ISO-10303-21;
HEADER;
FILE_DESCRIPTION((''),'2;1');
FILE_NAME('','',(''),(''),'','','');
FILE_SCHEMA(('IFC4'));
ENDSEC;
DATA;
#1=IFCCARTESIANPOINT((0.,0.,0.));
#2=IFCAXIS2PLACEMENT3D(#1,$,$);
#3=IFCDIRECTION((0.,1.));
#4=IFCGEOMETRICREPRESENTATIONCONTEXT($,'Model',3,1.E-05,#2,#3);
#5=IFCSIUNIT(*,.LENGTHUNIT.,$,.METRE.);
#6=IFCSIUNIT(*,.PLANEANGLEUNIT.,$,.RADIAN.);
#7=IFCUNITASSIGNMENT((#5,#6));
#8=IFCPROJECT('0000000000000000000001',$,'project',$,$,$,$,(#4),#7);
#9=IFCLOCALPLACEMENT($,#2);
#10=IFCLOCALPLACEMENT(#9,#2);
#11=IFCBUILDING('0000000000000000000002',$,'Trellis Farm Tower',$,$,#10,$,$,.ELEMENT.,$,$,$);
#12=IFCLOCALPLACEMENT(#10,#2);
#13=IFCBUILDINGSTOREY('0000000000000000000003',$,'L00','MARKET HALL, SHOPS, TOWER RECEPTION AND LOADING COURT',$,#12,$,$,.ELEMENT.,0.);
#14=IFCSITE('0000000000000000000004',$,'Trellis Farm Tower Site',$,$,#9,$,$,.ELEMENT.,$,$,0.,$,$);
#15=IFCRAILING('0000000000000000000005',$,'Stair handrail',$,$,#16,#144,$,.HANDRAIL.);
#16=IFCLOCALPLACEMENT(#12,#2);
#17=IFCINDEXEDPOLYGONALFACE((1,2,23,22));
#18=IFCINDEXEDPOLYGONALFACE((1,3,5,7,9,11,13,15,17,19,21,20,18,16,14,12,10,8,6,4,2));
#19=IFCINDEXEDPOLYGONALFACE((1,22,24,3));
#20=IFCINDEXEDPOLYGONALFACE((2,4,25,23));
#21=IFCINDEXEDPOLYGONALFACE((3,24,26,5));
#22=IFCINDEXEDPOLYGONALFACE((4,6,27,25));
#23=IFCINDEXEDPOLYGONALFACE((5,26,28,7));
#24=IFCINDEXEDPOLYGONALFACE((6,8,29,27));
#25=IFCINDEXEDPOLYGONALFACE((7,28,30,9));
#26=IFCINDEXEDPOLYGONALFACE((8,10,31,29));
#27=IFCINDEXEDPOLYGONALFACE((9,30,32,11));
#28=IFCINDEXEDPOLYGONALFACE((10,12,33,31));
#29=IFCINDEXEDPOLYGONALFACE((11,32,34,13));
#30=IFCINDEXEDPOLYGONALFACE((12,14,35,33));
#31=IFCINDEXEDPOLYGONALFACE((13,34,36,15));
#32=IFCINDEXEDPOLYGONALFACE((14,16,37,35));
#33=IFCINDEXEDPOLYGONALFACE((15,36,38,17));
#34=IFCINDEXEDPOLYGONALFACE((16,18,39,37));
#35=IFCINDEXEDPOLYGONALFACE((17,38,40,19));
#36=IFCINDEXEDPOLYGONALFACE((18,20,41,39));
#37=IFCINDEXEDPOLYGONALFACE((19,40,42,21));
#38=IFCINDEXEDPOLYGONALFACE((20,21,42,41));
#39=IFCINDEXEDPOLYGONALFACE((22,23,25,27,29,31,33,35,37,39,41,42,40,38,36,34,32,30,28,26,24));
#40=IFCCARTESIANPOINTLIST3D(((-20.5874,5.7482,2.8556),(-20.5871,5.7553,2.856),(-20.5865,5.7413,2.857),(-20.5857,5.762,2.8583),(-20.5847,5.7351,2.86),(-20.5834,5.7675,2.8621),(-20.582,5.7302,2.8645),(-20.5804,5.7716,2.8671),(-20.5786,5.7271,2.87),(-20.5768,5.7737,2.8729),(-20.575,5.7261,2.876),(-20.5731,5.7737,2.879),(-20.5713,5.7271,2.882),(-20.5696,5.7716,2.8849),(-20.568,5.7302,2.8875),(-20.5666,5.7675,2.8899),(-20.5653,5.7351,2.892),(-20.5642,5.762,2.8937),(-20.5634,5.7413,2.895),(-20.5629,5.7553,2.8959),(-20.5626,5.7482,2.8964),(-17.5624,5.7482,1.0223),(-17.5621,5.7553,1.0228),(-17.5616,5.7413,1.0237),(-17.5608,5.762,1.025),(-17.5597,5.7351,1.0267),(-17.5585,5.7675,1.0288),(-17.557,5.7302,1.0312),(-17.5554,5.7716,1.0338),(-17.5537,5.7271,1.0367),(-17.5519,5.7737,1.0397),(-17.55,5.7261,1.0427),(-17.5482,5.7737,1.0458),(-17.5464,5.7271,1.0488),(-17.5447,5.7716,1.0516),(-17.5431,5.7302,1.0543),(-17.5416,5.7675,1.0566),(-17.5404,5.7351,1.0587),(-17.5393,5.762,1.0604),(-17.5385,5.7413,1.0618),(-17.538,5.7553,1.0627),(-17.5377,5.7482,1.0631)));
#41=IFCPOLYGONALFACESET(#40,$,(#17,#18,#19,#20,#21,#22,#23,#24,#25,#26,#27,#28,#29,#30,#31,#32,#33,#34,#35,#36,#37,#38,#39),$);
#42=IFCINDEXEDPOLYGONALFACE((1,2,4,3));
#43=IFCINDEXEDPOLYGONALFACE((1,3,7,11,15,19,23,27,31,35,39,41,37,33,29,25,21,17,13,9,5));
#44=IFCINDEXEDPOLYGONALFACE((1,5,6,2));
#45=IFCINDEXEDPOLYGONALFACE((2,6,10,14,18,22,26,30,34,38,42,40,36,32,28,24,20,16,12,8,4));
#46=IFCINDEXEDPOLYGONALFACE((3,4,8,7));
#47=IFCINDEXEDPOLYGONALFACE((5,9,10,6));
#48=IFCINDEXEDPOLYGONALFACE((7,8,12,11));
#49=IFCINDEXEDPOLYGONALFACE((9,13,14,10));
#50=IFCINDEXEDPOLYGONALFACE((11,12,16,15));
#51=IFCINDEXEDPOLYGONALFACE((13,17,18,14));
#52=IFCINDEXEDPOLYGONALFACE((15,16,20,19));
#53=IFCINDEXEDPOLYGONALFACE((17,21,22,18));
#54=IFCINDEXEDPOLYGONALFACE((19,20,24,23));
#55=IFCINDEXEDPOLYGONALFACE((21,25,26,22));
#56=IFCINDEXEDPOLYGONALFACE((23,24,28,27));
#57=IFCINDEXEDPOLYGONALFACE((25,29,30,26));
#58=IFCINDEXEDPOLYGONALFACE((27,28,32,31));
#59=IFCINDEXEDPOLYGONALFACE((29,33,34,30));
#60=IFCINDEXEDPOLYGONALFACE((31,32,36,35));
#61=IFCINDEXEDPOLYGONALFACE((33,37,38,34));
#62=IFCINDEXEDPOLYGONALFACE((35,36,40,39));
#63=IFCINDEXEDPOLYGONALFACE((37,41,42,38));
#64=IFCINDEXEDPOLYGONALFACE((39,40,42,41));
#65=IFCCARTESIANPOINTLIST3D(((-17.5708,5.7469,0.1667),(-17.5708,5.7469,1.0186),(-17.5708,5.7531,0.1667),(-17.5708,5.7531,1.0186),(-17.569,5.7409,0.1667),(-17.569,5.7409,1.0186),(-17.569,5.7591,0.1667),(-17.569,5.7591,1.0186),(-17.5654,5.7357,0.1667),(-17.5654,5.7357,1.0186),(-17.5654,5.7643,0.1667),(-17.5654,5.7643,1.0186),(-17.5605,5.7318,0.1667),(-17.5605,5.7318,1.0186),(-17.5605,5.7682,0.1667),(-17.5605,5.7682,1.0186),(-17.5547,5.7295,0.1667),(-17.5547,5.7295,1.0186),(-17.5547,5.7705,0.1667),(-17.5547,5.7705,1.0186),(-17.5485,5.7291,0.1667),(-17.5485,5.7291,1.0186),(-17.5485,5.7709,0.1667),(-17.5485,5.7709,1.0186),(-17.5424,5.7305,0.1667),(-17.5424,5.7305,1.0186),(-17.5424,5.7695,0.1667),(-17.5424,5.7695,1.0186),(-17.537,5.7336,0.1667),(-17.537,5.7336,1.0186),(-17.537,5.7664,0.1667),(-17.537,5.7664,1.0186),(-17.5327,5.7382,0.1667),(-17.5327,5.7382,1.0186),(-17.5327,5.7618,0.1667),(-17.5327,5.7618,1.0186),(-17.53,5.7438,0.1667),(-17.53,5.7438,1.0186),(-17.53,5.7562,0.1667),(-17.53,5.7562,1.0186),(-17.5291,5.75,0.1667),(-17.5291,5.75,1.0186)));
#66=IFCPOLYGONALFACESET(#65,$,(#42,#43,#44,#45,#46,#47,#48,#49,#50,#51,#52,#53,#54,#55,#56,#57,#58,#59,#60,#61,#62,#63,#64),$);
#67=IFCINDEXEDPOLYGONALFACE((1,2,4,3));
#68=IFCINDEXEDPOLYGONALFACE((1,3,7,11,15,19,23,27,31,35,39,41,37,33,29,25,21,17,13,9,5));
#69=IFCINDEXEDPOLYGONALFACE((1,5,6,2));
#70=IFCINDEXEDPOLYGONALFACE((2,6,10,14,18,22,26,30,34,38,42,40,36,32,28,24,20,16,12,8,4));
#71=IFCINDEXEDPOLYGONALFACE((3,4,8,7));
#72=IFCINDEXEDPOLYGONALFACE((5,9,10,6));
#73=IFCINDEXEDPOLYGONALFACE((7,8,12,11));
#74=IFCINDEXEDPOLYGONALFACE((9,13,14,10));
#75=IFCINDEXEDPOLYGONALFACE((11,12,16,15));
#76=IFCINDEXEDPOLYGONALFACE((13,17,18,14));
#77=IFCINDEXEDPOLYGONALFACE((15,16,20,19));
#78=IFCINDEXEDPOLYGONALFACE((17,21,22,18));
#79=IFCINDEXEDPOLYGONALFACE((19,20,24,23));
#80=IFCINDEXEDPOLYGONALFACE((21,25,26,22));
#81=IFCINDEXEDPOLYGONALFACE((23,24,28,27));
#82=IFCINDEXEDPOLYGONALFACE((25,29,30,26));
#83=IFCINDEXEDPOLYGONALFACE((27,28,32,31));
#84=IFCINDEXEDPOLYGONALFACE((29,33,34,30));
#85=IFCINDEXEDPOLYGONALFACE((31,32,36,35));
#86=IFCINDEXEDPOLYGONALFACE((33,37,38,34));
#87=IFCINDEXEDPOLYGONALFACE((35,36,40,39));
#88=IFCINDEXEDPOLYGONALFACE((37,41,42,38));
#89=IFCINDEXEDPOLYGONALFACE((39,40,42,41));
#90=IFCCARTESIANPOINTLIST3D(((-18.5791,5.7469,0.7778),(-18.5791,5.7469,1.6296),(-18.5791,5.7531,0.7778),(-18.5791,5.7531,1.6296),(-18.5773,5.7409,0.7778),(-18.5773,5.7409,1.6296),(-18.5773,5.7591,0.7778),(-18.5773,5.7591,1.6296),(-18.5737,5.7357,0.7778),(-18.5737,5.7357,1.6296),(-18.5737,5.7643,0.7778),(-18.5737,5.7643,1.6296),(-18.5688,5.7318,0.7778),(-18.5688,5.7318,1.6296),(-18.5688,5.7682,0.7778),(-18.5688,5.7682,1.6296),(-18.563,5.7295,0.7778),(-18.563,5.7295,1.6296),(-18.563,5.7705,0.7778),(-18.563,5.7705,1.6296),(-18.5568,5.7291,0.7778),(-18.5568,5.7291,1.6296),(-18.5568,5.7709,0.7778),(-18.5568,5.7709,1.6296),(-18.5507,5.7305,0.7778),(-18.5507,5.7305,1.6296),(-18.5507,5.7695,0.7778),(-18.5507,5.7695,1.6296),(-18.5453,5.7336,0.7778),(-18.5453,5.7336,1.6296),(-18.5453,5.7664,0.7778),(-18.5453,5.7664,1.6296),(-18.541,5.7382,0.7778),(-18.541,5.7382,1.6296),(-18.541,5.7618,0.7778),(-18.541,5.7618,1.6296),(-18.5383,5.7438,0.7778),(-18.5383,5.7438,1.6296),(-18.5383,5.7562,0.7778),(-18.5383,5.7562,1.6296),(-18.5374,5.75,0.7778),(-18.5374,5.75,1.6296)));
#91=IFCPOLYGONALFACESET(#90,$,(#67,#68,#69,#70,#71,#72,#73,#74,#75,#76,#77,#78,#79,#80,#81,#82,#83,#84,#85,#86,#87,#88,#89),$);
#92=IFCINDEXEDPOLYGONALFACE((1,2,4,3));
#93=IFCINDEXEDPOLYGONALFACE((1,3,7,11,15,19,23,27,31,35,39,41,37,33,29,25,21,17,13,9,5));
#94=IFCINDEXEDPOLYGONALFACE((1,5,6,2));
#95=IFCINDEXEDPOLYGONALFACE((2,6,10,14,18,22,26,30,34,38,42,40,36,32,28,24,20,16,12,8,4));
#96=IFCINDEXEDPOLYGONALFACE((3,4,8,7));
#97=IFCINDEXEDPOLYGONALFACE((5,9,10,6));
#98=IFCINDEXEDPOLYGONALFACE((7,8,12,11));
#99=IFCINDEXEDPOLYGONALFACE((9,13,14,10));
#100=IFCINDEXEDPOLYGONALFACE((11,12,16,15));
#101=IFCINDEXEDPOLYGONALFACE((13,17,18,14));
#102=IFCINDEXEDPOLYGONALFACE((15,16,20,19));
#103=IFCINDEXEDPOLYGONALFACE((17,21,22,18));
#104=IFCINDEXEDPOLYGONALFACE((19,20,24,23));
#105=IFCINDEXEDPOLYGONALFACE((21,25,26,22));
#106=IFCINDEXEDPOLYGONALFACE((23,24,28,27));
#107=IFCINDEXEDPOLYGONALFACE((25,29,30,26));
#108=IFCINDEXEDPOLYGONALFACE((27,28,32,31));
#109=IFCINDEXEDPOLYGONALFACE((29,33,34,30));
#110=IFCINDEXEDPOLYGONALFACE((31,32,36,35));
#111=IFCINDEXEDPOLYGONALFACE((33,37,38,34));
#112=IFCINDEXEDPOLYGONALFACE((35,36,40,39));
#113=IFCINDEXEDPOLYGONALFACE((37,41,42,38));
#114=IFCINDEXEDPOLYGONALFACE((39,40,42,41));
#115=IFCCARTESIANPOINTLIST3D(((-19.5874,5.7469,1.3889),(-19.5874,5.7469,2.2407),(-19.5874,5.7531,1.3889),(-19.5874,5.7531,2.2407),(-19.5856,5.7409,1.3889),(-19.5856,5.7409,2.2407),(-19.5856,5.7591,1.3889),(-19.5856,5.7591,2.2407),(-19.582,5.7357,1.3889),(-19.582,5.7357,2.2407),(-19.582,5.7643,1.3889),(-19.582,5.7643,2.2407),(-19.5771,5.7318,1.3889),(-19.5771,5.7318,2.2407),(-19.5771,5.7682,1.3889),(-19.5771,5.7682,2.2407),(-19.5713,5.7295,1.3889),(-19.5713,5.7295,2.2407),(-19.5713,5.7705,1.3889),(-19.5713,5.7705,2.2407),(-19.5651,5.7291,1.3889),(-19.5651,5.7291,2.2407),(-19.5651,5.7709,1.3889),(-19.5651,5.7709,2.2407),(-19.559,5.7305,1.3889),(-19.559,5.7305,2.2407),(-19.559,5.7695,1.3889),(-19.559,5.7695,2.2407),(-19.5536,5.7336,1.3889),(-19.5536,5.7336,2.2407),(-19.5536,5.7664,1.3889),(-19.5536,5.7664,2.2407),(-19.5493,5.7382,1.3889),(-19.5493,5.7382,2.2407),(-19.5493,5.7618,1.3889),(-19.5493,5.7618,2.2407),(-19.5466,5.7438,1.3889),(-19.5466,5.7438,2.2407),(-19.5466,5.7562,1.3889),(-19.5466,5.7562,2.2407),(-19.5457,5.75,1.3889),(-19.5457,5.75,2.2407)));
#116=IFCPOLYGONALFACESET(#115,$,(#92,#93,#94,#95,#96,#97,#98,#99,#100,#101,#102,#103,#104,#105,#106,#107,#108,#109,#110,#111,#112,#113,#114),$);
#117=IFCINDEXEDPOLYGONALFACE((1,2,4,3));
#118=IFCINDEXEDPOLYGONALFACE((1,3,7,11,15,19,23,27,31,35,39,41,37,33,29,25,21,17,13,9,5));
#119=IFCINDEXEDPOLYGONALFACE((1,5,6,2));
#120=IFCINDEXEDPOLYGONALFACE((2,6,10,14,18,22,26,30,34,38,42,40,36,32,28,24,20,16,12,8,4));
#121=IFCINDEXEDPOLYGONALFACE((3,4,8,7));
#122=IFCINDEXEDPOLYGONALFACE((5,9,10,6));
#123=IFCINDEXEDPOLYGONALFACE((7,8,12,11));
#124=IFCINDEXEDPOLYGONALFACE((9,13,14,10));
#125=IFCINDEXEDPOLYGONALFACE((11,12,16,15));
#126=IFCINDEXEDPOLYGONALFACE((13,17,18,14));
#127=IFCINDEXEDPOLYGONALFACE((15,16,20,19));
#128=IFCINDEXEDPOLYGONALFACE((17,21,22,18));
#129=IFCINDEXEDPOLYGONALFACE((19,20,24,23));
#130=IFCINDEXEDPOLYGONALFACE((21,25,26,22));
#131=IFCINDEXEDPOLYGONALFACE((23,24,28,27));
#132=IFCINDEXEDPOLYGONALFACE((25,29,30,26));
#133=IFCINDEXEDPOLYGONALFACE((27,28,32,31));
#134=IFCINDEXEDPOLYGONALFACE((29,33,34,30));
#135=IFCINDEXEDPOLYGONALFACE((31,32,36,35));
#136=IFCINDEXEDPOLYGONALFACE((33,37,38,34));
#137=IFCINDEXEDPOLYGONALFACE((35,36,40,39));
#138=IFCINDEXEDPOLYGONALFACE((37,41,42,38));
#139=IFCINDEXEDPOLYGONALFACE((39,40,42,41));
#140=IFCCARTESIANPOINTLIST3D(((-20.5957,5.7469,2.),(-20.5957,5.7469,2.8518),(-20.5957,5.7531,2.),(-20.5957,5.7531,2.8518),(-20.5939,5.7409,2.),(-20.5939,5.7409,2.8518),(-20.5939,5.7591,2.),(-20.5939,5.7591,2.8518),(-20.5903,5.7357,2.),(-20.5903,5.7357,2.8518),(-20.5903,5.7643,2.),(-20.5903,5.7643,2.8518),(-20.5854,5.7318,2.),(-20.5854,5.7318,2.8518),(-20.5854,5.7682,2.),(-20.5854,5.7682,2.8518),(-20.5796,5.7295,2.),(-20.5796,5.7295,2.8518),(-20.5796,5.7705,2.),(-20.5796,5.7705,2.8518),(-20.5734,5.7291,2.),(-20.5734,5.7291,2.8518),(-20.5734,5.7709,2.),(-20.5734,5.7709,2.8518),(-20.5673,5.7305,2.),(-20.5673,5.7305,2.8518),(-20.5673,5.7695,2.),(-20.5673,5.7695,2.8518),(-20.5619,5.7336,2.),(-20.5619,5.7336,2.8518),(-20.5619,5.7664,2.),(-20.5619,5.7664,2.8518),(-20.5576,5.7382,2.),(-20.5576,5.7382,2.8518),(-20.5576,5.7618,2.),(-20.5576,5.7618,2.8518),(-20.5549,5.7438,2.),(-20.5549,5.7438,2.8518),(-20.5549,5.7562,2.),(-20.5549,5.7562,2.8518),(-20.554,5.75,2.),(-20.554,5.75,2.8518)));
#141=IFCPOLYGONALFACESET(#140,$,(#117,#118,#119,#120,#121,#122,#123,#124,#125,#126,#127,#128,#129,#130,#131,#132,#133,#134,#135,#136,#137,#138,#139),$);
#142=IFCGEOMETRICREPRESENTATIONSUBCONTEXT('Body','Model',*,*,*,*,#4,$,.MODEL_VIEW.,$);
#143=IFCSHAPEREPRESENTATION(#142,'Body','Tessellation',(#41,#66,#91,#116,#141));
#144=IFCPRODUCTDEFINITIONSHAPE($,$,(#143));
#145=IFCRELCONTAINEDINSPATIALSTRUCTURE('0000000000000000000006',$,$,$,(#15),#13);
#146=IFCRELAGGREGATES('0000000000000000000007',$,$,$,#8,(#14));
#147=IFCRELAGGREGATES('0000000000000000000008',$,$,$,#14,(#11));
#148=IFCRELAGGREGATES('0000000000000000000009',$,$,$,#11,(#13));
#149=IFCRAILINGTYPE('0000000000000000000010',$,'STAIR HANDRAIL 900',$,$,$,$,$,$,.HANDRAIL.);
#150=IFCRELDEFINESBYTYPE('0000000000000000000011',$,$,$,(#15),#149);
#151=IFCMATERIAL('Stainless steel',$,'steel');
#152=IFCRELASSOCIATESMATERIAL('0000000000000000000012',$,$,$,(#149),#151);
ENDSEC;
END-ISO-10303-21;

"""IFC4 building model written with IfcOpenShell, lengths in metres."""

from ifc_helpers import new_model, si_unit, direction, frame, origin, origin_2d, place, context, subcontext, project, spatial, circle, extrude, source, transform, mapped, material, type_object, element, save


model = new_model("IFC4")

# Units and contexts
model_context = context("Model", 3, precision=1e-05, world=origin(), true_north=direction((0.0, 1.0)))
body_context = subcontext(model_context, "Body", "Model", "MODEL_VIEW")
ifc_project = project(units=[si_unit("LENGTHUNIT", "METRE"), si_unit("PLANEANGLEUNIT", "RADIAN")], contexts=[model_context])

# Site, building, storey
site_placement = place(None, origin())
site = spatial("IfcSite", under=ifc_project, at=site_placement, Name="Trellis Farm Tower Site", CompositionType="ELEMENT", RefElevation=0.0)
building_placement = place(site_placement, origin())
building = spatial("IfcBuilding", under=site, at=building_placement, Name="Trellis Farm Tower", CompositionType="ELEMENT")
storey_placement = place(building_placement, origin())
storey = spatial("IfcBuildingStorey", under=building, at=storey_placement, Name="L00", Description="MARKET HALL, SHOPS, TOWER RECEPTION AND LOADING COURT", CompositionType="ELEMENT", Elevation=0.0)

# Railing
ifc_material_1 = material(Name="Stainless steel", Category="steel")
railing_type = type_object("IfcRailingType", Name="STAIR HANDRAIL 900", PredefinedType="HANDRAIL", material=ifc_material_1)
shared_shape_1 = source(origin(), body_context, "Body", "SweptSolid", [
    extrude(circle(Radius=0.0239, at=origin_2d()), frame((0.0, 0.0, 0.876), z_axis=(-0.855201, 0.0, 0.518297), x_axis=(0.0, -1.0, 0.0)), (0.0, 0.0, 1.0), 3.5371),
    extrude(circle(Radius=0.021, at=origin_2d()), origin(), (0.0, 0.0, 1.0), 0.8518),
    extrude(circle(Radius=0.021, at=origin_2d()), frame((-1.0083, 0.0, 0.6111)), (0.0, 0.0, 1.0), 0.8518),
    extrude(circle(Radius=0.021, at=origin_2d()), frame((-2.0166, 0.0, 1.2222)), (0.0, 0.0, 1.0), 0.8518),
    extrude(circle(Radius=0.021, at=origin_2d()), frame((-3.0249, 0.0, 1.8333)), (0.0, 0.0, 1.0), 0.8518),
])
for number, where, name in (
    (1, (-17.55, 5.75, 0.1667), "Stair handrail"),
):
    element("IfcRailing", number, at=place(storey_placement, frame(where)), inside=storey, type_object=railing_type, Name=name, PredefinedType="HANDRAIL", context=body_context, shape_type="MappedRepresentation", body=[
        mapped(shared_shape_1, transform((0.0, 0.0, 0.0))),
    ])

save(model, "model.ifc")
